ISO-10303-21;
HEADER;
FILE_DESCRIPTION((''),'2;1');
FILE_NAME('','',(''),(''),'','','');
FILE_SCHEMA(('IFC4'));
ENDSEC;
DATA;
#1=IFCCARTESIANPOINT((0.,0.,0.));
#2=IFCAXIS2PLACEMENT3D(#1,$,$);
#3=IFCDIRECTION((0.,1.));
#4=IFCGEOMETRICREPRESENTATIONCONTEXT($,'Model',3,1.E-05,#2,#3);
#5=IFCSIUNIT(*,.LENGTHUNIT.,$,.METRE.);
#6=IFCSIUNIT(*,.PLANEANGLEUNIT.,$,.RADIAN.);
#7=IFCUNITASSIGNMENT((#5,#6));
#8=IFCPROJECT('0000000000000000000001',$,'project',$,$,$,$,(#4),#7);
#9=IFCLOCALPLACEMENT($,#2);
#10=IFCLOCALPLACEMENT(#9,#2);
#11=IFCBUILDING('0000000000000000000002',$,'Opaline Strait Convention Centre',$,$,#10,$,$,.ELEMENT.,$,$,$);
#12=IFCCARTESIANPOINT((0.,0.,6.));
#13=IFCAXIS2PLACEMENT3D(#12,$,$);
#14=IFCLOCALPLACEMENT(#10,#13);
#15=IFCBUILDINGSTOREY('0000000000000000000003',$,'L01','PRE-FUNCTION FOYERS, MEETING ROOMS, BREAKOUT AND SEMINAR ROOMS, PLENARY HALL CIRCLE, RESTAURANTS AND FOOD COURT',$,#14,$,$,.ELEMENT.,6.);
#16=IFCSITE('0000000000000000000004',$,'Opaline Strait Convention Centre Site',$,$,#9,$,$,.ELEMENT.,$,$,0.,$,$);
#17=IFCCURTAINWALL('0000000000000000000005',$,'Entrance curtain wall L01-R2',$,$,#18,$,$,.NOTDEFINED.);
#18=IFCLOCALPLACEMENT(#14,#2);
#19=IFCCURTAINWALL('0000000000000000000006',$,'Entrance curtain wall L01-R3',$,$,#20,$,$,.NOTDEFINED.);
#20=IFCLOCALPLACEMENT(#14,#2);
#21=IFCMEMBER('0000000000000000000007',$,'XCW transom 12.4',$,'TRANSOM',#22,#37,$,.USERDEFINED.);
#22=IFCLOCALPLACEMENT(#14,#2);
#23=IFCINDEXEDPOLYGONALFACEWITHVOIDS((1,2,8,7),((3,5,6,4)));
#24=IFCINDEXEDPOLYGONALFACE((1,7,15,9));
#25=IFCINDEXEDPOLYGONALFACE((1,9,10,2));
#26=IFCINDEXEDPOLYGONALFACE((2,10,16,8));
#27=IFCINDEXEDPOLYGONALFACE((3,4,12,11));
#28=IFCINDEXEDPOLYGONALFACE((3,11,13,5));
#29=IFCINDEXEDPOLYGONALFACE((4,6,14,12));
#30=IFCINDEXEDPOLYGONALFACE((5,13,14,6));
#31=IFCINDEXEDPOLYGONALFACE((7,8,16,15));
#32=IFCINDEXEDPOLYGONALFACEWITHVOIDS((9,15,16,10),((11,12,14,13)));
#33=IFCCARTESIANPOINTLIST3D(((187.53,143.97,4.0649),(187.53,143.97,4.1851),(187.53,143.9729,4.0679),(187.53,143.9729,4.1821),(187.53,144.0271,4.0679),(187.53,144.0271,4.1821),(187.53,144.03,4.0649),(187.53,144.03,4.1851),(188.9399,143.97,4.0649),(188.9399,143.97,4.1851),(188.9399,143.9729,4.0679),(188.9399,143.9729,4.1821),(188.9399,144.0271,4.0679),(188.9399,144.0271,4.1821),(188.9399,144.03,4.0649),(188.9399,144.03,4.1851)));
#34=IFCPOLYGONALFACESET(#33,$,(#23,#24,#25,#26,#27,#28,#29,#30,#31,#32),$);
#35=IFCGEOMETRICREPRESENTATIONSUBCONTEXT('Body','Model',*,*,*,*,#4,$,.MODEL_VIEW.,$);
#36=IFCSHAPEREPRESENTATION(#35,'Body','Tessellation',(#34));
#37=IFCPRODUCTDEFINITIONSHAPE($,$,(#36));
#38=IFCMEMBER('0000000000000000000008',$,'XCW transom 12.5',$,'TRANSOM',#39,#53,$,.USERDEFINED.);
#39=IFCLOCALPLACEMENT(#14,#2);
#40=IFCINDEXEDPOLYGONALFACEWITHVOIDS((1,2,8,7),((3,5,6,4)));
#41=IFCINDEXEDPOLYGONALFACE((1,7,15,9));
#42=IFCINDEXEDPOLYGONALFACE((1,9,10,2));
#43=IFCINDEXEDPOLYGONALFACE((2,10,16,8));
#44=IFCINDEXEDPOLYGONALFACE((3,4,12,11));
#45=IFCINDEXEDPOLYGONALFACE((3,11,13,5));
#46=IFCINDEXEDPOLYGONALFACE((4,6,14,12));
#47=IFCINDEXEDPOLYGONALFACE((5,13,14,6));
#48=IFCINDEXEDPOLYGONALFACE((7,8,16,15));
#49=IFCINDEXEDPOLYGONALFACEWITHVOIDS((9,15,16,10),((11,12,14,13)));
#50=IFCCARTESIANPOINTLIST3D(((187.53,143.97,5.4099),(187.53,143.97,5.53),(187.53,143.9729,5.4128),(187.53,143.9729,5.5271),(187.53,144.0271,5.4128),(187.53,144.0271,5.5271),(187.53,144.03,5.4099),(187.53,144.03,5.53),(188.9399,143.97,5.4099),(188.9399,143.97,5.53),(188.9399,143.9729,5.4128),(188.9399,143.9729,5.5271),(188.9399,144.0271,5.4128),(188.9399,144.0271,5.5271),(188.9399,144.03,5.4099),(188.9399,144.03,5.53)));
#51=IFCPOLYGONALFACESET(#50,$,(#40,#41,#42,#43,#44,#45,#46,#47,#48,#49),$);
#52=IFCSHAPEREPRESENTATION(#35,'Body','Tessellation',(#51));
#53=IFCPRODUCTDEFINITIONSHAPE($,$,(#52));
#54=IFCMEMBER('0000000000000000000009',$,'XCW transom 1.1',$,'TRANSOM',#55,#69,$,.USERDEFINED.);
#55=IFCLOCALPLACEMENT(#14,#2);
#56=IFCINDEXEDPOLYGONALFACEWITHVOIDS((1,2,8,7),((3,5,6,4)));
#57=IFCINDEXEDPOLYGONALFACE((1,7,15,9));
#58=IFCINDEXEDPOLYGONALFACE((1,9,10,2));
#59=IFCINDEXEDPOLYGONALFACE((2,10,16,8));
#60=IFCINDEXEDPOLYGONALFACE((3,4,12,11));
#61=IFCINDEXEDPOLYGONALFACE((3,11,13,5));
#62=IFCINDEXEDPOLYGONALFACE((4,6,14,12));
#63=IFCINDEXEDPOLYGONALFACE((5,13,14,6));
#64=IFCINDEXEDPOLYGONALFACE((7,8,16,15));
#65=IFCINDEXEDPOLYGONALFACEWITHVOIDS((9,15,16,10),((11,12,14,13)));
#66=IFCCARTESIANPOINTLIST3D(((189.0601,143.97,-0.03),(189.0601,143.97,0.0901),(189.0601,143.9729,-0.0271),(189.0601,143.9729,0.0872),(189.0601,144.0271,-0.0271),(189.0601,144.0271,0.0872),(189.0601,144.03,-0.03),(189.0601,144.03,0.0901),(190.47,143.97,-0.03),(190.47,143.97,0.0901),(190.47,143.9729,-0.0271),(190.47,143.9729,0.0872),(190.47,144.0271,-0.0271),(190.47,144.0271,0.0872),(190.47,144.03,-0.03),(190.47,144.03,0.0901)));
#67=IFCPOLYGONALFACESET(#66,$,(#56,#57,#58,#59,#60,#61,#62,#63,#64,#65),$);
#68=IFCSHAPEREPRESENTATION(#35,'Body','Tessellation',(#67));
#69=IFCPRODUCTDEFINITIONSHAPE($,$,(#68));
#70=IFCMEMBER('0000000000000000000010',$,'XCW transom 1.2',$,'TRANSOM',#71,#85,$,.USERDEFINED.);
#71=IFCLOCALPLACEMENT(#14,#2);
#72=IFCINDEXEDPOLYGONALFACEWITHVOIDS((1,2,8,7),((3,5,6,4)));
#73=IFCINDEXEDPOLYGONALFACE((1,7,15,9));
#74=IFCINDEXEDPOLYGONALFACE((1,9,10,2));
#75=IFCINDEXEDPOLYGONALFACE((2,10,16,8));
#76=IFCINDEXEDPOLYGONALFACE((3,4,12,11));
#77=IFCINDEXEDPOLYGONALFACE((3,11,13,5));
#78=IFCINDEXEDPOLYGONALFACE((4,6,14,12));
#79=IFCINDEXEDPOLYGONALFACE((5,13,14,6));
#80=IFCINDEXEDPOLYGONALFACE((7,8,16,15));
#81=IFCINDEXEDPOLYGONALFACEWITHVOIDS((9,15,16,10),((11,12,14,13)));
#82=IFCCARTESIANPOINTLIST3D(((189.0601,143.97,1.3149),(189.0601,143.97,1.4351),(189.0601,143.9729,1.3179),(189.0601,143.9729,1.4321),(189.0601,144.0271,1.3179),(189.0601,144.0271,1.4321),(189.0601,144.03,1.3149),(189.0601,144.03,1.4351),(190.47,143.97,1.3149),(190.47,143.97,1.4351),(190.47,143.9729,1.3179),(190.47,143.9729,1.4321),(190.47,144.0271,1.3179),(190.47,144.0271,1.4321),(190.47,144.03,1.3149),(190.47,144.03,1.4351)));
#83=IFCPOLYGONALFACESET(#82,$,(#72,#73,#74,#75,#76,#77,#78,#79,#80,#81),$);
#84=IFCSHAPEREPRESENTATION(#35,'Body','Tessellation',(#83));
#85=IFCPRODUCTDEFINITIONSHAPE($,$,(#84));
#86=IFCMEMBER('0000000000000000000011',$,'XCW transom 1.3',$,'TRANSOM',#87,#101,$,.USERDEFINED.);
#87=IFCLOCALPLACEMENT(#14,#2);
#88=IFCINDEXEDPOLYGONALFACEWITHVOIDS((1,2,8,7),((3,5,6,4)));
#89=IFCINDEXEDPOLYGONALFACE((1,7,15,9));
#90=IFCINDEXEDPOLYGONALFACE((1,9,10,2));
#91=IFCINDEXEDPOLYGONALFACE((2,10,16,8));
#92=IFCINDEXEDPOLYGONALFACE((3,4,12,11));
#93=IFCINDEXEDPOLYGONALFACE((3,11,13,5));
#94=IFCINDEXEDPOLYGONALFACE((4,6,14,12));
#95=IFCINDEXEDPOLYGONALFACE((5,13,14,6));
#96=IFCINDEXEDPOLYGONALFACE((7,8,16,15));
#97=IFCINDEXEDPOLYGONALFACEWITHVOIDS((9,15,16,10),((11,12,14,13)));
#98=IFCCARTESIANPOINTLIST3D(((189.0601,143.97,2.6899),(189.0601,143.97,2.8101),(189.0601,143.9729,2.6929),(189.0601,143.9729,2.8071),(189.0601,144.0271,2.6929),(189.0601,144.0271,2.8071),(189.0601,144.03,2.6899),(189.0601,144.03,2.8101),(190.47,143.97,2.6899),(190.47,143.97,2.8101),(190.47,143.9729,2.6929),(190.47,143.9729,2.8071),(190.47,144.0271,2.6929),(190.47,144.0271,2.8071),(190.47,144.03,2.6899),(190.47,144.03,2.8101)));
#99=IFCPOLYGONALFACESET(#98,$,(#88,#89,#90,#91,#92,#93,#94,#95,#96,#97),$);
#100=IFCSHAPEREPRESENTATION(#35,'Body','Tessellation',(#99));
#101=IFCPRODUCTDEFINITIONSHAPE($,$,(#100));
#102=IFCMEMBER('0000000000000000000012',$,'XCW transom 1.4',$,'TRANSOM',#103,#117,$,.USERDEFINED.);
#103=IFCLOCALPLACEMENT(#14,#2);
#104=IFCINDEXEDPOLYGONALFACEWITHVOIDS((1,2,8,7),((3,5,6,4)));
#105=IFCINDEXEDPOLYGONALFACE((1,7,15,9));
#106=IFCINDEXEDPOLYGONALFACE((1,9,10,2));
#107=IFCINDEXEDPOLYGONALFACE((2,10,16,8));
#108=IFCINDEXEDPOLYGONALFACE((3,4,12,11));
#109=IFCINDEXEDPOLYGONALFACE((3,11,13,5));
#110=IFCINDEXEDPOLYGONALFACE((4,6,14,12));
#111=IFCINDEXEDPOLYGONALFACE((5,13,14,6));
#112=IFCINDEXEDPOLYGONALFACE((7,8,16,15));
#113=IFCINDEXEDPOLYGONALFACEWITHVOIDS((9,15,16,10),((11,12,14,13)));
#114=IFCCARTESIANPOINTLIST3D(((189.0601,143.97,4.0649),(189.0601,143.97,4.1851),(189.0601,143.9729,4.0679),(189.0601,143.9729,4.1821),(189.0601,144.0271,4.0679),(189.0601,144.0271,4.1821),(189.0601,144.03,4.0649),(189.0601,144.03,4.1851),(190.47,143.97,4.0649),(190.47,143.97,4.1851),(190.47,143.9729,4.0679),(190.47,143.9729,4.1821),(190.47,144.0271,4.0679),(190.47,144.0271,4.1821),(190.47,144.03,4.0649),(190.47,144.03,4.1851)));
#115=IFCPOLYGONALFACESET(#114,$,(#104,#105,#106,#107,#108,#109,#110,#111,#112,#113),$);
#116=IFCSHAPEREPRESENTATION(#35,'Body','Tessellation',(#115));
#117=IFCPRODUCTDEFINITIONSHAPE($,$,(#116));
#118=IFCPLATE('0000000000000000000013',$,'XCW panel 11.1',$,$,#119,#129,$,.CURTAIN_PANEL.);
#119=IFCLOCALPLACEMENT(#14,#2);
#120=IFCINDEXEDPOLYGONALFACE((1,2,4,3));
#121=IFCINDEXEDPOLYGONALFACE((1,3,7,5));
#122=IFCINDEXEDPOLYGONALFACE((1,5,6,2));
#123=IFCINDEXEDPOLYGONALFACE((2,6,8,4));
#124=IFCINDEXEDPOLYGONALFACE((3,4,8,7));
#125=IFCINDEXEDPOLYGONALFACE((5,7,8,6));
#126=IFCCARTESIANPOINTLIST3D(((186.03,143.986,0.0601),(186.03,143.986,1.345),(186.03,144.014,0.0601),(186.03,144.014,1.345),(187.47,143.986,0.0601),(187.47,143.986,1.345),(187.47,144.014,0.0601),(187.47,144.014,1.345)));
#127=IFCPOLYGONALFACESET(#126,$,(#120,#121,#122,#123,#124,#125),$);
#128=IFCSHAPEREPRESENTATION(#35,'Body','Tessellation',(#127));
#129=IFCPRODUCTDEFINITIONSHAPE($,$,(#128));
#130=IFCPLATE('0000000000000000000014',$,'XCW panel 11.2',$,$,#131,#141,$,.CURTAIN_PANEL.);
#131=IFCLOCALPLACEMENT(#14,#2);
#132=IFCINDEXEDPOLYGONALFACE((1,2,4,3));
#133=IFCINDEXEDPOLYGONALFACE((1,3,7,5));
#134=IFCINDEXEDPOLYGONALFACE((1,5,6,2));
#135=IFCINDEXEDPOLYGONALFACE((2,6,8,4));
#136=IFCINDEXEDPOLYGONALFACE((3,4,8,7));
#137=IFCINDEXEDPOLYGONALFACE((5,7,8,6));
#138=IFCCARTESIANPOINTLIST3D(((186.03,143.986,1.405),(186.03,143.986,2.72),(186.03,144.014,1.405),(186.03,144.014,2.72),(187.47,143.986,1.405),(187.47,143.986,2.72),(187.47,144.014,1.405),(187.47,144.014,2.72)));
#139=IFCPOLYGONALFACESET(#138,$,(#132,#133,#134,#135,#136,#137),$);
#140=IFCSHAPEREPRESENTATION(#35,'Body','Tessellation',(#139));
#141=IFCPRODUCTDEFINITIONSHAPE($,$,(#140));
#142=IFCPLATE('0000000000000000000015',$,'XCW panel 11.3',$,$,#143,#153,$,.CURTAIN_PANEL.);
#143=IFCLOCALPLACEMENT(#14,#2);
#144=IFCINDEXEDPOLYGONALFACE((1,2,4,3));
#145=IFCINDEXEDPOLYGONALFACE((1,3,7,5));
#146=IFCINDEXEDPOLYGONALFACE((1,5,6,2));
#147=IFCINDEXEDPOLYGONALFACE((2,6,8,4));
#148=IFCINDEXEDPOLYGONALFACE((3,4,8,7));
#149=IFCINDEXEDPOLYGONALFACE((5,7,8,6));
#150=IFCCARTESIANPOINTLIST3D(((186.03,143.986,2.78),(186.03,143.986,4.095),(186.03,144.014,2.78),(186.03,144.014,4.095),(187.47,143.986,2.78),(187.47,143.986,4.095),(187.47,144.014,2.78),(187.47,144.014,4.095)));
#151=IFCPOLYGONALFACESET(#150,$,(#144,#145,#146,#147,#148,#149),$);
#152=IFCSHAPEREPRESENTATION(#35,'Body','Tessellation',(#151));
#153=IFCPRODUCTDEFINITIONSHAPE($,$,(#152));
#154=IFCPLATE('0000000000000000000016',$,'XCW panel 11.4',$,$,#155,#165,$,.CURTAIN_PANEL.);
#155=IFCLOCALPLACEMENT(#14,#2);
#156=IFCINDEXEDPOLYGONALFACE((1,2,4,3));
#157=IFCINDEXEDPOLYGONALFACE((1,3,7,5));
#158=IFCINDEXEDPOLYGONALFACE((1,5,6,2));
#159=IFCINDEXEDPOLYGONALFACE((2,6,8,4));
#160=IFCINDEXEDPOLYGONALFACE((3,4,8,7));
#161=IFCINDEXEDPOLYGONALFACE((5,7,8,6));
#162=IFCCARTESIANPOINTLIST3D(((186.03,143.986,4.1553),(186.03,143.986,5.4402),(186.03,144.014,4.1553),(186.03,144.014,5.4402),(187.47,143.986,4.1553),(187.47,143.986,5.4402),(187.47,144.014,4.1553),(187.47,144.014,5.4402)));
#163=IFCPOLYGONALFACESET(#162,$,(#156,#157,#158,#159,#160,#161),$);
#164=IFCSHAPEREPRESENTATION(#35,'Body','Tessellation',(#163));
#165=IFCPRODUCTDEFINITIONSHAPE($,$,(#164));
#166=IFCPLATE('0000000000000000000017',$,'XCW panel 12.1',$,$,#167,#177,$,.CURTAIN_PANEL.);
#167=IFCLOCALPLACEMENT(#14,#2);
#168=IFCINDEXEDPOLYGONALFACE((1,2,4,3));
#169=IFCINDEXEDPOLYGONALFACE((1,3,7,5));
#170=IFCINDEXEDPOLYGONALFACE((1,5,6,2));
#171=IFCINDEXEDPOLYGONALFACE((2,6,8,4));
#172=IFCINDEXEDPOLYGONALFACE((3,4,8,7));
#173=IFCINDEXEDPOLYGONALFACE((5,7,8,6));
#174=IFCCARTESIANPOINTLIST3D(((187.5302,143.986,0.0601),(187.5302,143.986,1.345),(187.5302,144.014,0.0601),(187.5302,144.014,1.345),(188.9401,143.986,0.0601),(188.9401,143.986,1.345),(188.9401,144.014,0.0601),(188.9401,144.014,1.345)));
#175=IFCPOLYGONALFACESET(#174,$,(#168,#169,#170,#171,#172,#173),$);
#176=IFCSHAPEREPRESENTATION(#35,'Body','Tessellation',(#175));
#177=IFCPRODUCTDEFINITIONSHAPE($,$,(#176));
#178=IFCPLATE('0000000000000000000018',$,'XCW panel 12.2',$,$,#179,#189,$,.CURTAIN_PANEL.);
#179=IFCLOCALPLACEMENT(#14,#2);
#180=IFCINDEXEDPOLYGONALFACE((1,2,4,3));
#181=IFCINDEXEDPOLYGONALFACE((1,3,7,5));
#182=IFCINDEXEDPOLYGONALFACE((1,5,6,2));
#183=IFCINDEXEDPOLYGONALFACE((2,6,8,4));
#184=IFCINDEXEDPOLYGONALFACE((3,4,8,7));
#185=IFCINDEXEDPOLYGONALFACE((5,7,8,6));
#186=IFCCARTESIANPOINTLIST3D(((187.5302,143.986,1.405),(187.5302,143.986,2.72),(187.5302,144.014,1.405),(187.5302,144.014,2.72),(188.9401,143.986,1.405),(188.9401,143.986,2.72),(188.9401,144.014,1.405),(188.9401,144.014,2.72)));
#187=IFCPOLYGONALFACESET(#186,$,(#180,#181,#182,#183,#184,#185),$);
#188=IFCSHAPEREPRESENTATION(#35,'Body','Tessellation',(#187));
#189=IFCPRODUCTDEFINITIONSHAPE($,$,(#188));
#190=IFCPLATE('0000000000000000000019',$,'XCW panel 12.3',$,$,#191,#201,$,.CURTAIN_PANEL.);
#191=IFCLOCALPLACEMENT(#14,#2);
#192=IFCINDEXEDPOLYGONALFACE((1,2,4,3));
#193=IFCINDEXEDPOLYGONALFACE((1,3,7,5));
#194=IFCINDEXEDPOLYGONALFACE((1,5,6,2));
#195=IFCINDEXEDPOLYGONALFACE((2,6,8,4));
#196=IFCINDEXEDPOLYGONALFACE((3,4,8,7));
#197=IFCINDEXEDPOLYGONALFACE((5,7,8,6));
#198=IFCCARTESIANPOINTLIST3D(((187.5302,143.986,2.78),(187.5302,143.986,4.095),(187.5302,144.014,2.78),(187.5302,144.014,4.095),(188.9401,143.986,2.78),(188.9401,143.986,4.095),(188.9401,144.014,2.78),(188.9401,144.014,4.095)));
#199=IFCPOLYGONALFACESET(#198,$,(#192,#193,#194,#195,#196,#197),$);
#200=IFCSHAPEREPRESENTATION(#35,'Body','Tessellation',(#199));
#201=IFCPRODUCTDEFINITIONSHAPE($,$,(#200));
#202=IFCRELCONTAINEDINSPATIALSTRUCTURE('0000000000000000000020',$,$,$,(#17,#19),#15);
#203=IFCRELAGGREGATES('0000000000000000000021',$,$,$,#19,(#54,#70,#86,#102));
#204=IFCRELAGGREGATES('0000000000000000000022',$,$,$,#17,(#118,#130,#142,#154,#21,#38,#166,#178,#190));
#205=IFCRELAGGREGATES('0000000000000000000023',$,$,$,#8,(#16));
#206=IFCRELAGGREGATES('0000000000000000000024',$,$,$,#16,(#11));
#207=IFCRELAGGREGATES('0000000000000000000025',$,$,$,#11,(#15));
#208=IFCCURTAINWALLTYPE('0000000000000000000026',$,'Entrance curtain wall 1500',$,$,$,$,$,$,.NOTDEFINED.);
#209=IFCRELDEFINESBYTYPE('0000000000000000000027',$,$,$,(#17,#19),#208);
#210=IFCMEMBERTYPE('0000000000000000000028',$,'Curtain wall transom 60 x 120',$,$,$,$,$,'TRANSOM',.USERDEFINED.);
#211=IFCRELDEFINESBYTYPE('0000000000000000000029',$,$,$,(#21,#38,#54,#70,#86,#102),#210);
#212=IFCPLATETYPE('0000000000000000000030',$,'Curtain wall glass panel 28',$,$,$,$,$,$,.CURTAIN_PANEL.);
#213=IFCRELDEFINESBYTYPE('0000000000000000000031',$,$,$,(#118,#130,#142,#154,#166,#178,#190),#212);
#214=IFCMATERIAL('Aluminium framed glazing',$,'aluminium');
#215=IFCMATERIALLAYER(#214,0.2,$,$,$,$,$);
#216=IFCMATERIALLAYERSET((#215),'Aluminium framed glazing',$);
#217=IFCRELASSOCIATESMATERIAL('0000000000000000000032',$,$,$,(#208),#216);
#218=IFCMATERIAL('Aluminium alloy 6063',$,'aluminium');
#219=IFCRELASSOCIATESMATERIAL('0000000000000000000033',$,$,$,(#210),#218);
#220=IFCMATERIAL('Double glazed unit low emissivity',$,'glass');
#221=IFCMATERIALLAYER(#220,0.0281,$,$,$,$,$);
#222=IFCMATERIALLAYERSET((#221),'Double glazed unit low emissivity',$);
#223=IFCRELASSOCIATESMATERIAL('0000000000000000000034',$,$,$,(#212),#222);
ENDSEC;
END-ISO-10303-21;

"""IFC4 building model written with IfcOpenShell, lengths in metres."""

from ifc_helpers import new_model, si_unit, direction, frame, origin, origin_2d, place, context, subcontext, project, spatial, rectangle, hollow_rectangle, extrude, material, layer, layer_set, material_profile, profile_set, type_object, element, aggregate, save


model = new_model("IFC4")

# Units and contexts
model_context = context("Model", 3, precision=1e-05, world=origin(), true_north=direction((0.0, 1.0)))
body_context = subcontext(model_context, "Body", "Model", "MODEL_VIEW")
ifc_project = project(units=[si_unit("LENGTHUNIT", "METRE"), si_unit("PLANEANGLEUNIT", "RADIAN")], contexts=[model_context])

# Site, building, storey
site_placement = place(None, origin())
site = spatial("IfcSite", under=ifc_project, at=site_placement, Name="Opaline Strait Convention Centre Site", CompositionType="ELEMENT", RefElevation=0.0)
building_placement = place(site_placement, origin())
building = spatial("IfcBuilding", under=site, at=building_placement, Name="Opaline Strait Convention Centre", CompositionType="ELEMENT")
storey_placement = place(building_placement, frame((0.0, 0.0, 6.0)))
storey = spatial("IfcBuildingStorey", under=building, at=storey_placement, Name="L01", Description="PRE-FUNCTION FOYERS, MEETING ROOMS, BREAKOUT AND SEMINAR ROOMS, PLENARY HALL CIRCLE, RESTAURANTS AND FOOD COURT", CompositionType="ELEMENT", Elevation=6.0)

# Curtain wall
ifc_material_1 = material(Name="Aluminium framed glazing", Category="aluminium")
ifc_layer_1 = layer(ifc_material_1, 0.2)
ifc_layer_set_1 = layer_set([ifc_layer_1], Name="Aluminium framed glazing")
curtain_wall_type = type_object("IfcCurtainWallType", Name="Entrance curtain wall 1500", PredefinedType="NOTDEFINED", material=ifc_layer_set_1)
curtain_wall_1_placement = place(storey_placement, origin())
curtain_wall_1 = element("IfcCurtainWall", 1, at=curtain_wall_1_placement, inside=storey, type_object=curtain_wall_type, Name="Entrance curtain wall L01-R2", PredefinedType="NOTDEFINED")
ifc_material_2 = material(Name="Aluminium alloy 6063", Category="aluminium")

# Curtain wall
curtain_wall_2_placement = place(storey_placement, origin())
curtain_wall_2 = element("IfcCurtainWall", 2, at=curtain_wall_2_placement, inside=storey, type_object=curtain_wall_type, Name="Entrance curtain wall L01-R3", PredefinedType="NOTDEFINED")

# Members
ifc_material_profile_1 = material_profile(ifc_material_2, hollow_rectangle(XDim=0.0601, YDim=0.1201, WallThickness=0.0029, at=origin_2d()), Name="TRANSOM 60x120x3")
ifc_profile_set_1 = profile_set([ifc_material_profile_1], Name="Aluminium alloy 6063")
member_type_1 = type_object("IfcMemberType", Name="Curtain wall transom 60 x 120", ElementType="TRANSOM", PredefinedType="USERDEFINED", material=ifc_profile_set_1)
member_1_placement = place(storey_placement, frame((187.53, 144.0, 4.125), z_axis=(1.0, 0.0, 0.0), x_axis=(0.0, 1.0, 0.0)))
member_1 = element("IfcMember", 3, at=member_1_placement, type_object=member_type_1, Name="XCW transom 12.4", ObjectType="TRANSOM", PredefinedType="USERDEFINED", context=body_context, shape_type="SweptSolid", body=[
    extrude(hollow_rectangle(XDim=0.0601, YDim=0.1201, WallThickness=0.0029, at=origin_2d()), origin(), (0.0, 0.0, 1.0), 1.4099),
])
member_2_placement = place(storey_placement, frame((187.53, 144.0, 5.47), z_axis=(1.0, 0.0, 0.0), x_axis=(0.0, 1.0, 0.0)))
member_2 = element("IfcMember", 4, at=member_2_placement, type_object=member_type_1, Name="XCW transom 12.5", ObjectType="TRANSOM", PredefinedType="USERDEFINED", context=body_context, shape_type="SweptSolid", body=[
    extrude(hollow_rectangle(XDim=0.0601, YDim=0.1201, WallThickness=0.0029, at=origin_2d()), origin(), (0.0, 0.0, 1.0), 1.4099),
])
member_3_placement = place(storey_placement, frame((189.0601, 144.0, 0.03), z_axis=(1.0, 0.0, 0.0), x_axis=(0.0, 1.0, 0.0)))
member_3 = element("IfcMember", 5, at=member_3_placement, type_object=member_type_1, Name="XCW transom 1.1", ObjectType="TRANSOM", PredefinedType="USERDEFINED", context=body_context, shape_type="SweptSolid", body=[
    extrude(hollow_rectangle(XDim=0.0601, YDim=0.1201, WallThickness=0.0029, at=origin_2d()), origin(), (0.0, 0.0, 1.0), 1.4099),
])
member_4_placement = place(storey_placement, frame((189.0601, 144.0, 1.375), z_axis=(1.0, 0.0, 0.0), x_axis=(0.0, 1.0, 0.0)))
member_4 = element("IfcMember", 6, at=member_4_placement, type_object=member_type_1, Name="XCW transom 1.2", ObjectType="TRANSOM", PredefinedType="USERDEFINED", context=body_context, shape_type="SweptSolid", body=[
    extrude(hollow_rectangle(XDim=0.0601, YDim=0.1201, WallThickness=0.0029, at=origin_2d()), origin(), (0.0, 0.0, 1.0), 1.4099),
])
member_5_placement = place(storey_placement, frame((189.0601, 144.0, 2.75), z_axis=(1.0, 0.0, 0.0), x_axis=(0.0, 1.0, 0.0)))
member_5 = element("IfcMember", 7, at=member_5_placement, type_object=member_type_1, Name="XCW transom 1.3", ObjectType="TRANSOM", PredefinedType="USERDEFINED", context=body_context, shape_type="SweptSolid", body=[
    extrude(hollow_rectangle(XDim=0.0601, YDim=0.1201, WallThickness=0.0029, at=origin_2d()), origin(), (0.0, 0.0, 1.0), 1.4099),
])
member_6_placement = place(storey_placement, frame((189.0601, 144.0, 4.125), z_axis=(1.0, 0.0, 0.0), x_axis=(0.0, 1.0, 0.0)))
member_6 = element("IfcMember", 8, at=member_6_placement, type_object=member_type_1, Name="XCW transom 1.4", ObjectType="TRANSOM", PredefinedType="USERDEFINED", context=body_context, shape_type="SweptSolid", body=[
    extrude(hollow_rectangle(XDim=0.0601, YDim=0.1201, WallThickness=0.0029, at=origin_2d()), origin(), (0.0, 0.0, 1.0), 1.4099),
])
aggregate(curtain_wall_2, [member_3, member_4, member_5, member_6])

# Plates
ifc_material_3 = material(Name="Double glazed unit low emissivity", Category="glass")
ifc_layer_2 = layer(ifc_material_3, 0.0281)
ifc_layer_set_2 = layer_set([ifc_layer_2], Name="Double glazed unit low emissivity")
plate_type = type_object("IfcPlateType", Name="Curtain wall glass panel 28", PredefinedType="CURTAIN_PANEL", material=ifc_layer_set_2)
plate_1_placement = place(storey_placement, frame((186.75, 144.0, 0.0601), z_axis=(0.0, 0.0, 1.0), x_axis=(1.0, 0.0, 0.0)))
plate_1 = element("IfcPlate", 9, at=plate_1_placement, type_object=plate_type, Name="XCW panel 11.1", PredefinedType="CURTAIN_PANEL", context=body_context, shape_type="SweptSolid", body=[
    extrude(rectangle(XDim=1.4399, YDim=0.0281, at=origin_2d()), origin(), (0.0, 0.0, 1.0), 1.2849),
])
plate_2_placement = place(storey_placement, frame((186.75, 144.0, 1.405), z_axis=(0.0, 0.0, 1.0), x_axis=(1.0, 0.0, 0.0)))
plate_2 = element("IfcPlate", 10, at=plate_2_placement, type_object=plate_type, Name="XCW panel 11.2", PredefinedType="CURTAIN_PANEL", context=body_context, shape_type="SweptSolid", body=[
    extrude(rectangle(XDim=1.4399, YDim=0.0281, at=origin_2d()), origin(), (0.0, 0.0, 1.0), 1.3149),
])
plate_3_placement = place(storey_placement, frame((186.75, 144.0, 2.78), z_axis=(0.0, 0.0, 1.0), x_axis=(1.0, 0.0, 0.0)))
plate_3 = element("IfcPlate", 11, at=plate_3_placement, type_object=plate_type, Name="XCW panel 11.3", PredefinedType="CURTAIN_PANEL", context=body_context, shape_type="SweptSolid", body=[
    extrude(rectangle(XDim=1.4399, YDim=0.0281, at=origin_2d()), origin(), (0.0, 0.0, 1.0), 1.3149),
])
plate_4_placement = place(storey_placement, frame((186.75, 144.0, 4.1553), z_axis=(0.0, 0.0, 1.0), x_axis=(1.0, 0.0, 0.0)))
plate_4 = element("IfcPlate", 12, at=plate_4_placement, type_object=plate_type, Name="XCW panel 11.4", PredefinedType="CURTAIN_PANEL", context=body_context, shape_type="SweptSolid", body=[
    extrude(rectangle(XDim=1.4399, YDim=0.0281, at=origin_2d()), origin(), (0.0, 0.0, 1.0), 1.2849),
])
plate_5_placement = place(storey_placement, frame((188.2351, 144.0, 0.0601), z_axis=(0.0, 0.0, 1.0), x_axis=(1.0, 0.0, 0.0)))
plate_5 = element("IfcPlate", 13, at=plate_5_placement, type_object=plate_type, Name="XCW panel 12.1", PredefinedType="CURTAIN_PANEL", context=body_context, shape_type="SweptSolid", body=[
    extrude(rectangle(XDim=1.4099, YDim=0.0281, at=origin_2d()), origin(), (0.0, 0.0, 1.0), 1.2849),
])
plate_6_placement = place(storey_placement, frame((188.2351, 144.0, 1.405), z_axis=(0.0, 0.0, 1.0), x_axis=(1.0, 0.0, 0.0)))
plate_6 = element("IfcPlate", 14, at=plate_6_placement, type_object=plate_type, Name="XCW panel 12.2", PredefinedType="CURTAIN_PANEL", context=body_context, shape_type="SweptSolid", body=[
    extrude(rectangle(XDim=1.4099, YDim=0.0281, at=origin_2d()), origin(), (0.0, 0.0, 1.0), 1.3149),
])
plate_7_placement = place(storey_placement, frame((188.2351, 144.0, 2.78), z_axis=(0.0, 0.0, 1.0), x_axis=(1.0, 0.0, 0.0)))
plate_7 = element("IfcPlate", 15, at=plate_7_placement, type_object=plate_type, Name="XCW panel 12.3", PredefinedType="CURTAIN_PANEL", context=body_context, shape_type="SweptSolid", body=[
    extrude(rectangle(XDim=1.4099, YDim=0.0281, at=origin_2d()), origin(), (0.0, 0.0, 1.0), 1.3149),
])
aggregate(curtain_wall_1, [plate_1, plate_2, plate_3, plate_4, member_1, member_2, plate_5, plate_6, plate_7])

save(model, "model.ifc")
